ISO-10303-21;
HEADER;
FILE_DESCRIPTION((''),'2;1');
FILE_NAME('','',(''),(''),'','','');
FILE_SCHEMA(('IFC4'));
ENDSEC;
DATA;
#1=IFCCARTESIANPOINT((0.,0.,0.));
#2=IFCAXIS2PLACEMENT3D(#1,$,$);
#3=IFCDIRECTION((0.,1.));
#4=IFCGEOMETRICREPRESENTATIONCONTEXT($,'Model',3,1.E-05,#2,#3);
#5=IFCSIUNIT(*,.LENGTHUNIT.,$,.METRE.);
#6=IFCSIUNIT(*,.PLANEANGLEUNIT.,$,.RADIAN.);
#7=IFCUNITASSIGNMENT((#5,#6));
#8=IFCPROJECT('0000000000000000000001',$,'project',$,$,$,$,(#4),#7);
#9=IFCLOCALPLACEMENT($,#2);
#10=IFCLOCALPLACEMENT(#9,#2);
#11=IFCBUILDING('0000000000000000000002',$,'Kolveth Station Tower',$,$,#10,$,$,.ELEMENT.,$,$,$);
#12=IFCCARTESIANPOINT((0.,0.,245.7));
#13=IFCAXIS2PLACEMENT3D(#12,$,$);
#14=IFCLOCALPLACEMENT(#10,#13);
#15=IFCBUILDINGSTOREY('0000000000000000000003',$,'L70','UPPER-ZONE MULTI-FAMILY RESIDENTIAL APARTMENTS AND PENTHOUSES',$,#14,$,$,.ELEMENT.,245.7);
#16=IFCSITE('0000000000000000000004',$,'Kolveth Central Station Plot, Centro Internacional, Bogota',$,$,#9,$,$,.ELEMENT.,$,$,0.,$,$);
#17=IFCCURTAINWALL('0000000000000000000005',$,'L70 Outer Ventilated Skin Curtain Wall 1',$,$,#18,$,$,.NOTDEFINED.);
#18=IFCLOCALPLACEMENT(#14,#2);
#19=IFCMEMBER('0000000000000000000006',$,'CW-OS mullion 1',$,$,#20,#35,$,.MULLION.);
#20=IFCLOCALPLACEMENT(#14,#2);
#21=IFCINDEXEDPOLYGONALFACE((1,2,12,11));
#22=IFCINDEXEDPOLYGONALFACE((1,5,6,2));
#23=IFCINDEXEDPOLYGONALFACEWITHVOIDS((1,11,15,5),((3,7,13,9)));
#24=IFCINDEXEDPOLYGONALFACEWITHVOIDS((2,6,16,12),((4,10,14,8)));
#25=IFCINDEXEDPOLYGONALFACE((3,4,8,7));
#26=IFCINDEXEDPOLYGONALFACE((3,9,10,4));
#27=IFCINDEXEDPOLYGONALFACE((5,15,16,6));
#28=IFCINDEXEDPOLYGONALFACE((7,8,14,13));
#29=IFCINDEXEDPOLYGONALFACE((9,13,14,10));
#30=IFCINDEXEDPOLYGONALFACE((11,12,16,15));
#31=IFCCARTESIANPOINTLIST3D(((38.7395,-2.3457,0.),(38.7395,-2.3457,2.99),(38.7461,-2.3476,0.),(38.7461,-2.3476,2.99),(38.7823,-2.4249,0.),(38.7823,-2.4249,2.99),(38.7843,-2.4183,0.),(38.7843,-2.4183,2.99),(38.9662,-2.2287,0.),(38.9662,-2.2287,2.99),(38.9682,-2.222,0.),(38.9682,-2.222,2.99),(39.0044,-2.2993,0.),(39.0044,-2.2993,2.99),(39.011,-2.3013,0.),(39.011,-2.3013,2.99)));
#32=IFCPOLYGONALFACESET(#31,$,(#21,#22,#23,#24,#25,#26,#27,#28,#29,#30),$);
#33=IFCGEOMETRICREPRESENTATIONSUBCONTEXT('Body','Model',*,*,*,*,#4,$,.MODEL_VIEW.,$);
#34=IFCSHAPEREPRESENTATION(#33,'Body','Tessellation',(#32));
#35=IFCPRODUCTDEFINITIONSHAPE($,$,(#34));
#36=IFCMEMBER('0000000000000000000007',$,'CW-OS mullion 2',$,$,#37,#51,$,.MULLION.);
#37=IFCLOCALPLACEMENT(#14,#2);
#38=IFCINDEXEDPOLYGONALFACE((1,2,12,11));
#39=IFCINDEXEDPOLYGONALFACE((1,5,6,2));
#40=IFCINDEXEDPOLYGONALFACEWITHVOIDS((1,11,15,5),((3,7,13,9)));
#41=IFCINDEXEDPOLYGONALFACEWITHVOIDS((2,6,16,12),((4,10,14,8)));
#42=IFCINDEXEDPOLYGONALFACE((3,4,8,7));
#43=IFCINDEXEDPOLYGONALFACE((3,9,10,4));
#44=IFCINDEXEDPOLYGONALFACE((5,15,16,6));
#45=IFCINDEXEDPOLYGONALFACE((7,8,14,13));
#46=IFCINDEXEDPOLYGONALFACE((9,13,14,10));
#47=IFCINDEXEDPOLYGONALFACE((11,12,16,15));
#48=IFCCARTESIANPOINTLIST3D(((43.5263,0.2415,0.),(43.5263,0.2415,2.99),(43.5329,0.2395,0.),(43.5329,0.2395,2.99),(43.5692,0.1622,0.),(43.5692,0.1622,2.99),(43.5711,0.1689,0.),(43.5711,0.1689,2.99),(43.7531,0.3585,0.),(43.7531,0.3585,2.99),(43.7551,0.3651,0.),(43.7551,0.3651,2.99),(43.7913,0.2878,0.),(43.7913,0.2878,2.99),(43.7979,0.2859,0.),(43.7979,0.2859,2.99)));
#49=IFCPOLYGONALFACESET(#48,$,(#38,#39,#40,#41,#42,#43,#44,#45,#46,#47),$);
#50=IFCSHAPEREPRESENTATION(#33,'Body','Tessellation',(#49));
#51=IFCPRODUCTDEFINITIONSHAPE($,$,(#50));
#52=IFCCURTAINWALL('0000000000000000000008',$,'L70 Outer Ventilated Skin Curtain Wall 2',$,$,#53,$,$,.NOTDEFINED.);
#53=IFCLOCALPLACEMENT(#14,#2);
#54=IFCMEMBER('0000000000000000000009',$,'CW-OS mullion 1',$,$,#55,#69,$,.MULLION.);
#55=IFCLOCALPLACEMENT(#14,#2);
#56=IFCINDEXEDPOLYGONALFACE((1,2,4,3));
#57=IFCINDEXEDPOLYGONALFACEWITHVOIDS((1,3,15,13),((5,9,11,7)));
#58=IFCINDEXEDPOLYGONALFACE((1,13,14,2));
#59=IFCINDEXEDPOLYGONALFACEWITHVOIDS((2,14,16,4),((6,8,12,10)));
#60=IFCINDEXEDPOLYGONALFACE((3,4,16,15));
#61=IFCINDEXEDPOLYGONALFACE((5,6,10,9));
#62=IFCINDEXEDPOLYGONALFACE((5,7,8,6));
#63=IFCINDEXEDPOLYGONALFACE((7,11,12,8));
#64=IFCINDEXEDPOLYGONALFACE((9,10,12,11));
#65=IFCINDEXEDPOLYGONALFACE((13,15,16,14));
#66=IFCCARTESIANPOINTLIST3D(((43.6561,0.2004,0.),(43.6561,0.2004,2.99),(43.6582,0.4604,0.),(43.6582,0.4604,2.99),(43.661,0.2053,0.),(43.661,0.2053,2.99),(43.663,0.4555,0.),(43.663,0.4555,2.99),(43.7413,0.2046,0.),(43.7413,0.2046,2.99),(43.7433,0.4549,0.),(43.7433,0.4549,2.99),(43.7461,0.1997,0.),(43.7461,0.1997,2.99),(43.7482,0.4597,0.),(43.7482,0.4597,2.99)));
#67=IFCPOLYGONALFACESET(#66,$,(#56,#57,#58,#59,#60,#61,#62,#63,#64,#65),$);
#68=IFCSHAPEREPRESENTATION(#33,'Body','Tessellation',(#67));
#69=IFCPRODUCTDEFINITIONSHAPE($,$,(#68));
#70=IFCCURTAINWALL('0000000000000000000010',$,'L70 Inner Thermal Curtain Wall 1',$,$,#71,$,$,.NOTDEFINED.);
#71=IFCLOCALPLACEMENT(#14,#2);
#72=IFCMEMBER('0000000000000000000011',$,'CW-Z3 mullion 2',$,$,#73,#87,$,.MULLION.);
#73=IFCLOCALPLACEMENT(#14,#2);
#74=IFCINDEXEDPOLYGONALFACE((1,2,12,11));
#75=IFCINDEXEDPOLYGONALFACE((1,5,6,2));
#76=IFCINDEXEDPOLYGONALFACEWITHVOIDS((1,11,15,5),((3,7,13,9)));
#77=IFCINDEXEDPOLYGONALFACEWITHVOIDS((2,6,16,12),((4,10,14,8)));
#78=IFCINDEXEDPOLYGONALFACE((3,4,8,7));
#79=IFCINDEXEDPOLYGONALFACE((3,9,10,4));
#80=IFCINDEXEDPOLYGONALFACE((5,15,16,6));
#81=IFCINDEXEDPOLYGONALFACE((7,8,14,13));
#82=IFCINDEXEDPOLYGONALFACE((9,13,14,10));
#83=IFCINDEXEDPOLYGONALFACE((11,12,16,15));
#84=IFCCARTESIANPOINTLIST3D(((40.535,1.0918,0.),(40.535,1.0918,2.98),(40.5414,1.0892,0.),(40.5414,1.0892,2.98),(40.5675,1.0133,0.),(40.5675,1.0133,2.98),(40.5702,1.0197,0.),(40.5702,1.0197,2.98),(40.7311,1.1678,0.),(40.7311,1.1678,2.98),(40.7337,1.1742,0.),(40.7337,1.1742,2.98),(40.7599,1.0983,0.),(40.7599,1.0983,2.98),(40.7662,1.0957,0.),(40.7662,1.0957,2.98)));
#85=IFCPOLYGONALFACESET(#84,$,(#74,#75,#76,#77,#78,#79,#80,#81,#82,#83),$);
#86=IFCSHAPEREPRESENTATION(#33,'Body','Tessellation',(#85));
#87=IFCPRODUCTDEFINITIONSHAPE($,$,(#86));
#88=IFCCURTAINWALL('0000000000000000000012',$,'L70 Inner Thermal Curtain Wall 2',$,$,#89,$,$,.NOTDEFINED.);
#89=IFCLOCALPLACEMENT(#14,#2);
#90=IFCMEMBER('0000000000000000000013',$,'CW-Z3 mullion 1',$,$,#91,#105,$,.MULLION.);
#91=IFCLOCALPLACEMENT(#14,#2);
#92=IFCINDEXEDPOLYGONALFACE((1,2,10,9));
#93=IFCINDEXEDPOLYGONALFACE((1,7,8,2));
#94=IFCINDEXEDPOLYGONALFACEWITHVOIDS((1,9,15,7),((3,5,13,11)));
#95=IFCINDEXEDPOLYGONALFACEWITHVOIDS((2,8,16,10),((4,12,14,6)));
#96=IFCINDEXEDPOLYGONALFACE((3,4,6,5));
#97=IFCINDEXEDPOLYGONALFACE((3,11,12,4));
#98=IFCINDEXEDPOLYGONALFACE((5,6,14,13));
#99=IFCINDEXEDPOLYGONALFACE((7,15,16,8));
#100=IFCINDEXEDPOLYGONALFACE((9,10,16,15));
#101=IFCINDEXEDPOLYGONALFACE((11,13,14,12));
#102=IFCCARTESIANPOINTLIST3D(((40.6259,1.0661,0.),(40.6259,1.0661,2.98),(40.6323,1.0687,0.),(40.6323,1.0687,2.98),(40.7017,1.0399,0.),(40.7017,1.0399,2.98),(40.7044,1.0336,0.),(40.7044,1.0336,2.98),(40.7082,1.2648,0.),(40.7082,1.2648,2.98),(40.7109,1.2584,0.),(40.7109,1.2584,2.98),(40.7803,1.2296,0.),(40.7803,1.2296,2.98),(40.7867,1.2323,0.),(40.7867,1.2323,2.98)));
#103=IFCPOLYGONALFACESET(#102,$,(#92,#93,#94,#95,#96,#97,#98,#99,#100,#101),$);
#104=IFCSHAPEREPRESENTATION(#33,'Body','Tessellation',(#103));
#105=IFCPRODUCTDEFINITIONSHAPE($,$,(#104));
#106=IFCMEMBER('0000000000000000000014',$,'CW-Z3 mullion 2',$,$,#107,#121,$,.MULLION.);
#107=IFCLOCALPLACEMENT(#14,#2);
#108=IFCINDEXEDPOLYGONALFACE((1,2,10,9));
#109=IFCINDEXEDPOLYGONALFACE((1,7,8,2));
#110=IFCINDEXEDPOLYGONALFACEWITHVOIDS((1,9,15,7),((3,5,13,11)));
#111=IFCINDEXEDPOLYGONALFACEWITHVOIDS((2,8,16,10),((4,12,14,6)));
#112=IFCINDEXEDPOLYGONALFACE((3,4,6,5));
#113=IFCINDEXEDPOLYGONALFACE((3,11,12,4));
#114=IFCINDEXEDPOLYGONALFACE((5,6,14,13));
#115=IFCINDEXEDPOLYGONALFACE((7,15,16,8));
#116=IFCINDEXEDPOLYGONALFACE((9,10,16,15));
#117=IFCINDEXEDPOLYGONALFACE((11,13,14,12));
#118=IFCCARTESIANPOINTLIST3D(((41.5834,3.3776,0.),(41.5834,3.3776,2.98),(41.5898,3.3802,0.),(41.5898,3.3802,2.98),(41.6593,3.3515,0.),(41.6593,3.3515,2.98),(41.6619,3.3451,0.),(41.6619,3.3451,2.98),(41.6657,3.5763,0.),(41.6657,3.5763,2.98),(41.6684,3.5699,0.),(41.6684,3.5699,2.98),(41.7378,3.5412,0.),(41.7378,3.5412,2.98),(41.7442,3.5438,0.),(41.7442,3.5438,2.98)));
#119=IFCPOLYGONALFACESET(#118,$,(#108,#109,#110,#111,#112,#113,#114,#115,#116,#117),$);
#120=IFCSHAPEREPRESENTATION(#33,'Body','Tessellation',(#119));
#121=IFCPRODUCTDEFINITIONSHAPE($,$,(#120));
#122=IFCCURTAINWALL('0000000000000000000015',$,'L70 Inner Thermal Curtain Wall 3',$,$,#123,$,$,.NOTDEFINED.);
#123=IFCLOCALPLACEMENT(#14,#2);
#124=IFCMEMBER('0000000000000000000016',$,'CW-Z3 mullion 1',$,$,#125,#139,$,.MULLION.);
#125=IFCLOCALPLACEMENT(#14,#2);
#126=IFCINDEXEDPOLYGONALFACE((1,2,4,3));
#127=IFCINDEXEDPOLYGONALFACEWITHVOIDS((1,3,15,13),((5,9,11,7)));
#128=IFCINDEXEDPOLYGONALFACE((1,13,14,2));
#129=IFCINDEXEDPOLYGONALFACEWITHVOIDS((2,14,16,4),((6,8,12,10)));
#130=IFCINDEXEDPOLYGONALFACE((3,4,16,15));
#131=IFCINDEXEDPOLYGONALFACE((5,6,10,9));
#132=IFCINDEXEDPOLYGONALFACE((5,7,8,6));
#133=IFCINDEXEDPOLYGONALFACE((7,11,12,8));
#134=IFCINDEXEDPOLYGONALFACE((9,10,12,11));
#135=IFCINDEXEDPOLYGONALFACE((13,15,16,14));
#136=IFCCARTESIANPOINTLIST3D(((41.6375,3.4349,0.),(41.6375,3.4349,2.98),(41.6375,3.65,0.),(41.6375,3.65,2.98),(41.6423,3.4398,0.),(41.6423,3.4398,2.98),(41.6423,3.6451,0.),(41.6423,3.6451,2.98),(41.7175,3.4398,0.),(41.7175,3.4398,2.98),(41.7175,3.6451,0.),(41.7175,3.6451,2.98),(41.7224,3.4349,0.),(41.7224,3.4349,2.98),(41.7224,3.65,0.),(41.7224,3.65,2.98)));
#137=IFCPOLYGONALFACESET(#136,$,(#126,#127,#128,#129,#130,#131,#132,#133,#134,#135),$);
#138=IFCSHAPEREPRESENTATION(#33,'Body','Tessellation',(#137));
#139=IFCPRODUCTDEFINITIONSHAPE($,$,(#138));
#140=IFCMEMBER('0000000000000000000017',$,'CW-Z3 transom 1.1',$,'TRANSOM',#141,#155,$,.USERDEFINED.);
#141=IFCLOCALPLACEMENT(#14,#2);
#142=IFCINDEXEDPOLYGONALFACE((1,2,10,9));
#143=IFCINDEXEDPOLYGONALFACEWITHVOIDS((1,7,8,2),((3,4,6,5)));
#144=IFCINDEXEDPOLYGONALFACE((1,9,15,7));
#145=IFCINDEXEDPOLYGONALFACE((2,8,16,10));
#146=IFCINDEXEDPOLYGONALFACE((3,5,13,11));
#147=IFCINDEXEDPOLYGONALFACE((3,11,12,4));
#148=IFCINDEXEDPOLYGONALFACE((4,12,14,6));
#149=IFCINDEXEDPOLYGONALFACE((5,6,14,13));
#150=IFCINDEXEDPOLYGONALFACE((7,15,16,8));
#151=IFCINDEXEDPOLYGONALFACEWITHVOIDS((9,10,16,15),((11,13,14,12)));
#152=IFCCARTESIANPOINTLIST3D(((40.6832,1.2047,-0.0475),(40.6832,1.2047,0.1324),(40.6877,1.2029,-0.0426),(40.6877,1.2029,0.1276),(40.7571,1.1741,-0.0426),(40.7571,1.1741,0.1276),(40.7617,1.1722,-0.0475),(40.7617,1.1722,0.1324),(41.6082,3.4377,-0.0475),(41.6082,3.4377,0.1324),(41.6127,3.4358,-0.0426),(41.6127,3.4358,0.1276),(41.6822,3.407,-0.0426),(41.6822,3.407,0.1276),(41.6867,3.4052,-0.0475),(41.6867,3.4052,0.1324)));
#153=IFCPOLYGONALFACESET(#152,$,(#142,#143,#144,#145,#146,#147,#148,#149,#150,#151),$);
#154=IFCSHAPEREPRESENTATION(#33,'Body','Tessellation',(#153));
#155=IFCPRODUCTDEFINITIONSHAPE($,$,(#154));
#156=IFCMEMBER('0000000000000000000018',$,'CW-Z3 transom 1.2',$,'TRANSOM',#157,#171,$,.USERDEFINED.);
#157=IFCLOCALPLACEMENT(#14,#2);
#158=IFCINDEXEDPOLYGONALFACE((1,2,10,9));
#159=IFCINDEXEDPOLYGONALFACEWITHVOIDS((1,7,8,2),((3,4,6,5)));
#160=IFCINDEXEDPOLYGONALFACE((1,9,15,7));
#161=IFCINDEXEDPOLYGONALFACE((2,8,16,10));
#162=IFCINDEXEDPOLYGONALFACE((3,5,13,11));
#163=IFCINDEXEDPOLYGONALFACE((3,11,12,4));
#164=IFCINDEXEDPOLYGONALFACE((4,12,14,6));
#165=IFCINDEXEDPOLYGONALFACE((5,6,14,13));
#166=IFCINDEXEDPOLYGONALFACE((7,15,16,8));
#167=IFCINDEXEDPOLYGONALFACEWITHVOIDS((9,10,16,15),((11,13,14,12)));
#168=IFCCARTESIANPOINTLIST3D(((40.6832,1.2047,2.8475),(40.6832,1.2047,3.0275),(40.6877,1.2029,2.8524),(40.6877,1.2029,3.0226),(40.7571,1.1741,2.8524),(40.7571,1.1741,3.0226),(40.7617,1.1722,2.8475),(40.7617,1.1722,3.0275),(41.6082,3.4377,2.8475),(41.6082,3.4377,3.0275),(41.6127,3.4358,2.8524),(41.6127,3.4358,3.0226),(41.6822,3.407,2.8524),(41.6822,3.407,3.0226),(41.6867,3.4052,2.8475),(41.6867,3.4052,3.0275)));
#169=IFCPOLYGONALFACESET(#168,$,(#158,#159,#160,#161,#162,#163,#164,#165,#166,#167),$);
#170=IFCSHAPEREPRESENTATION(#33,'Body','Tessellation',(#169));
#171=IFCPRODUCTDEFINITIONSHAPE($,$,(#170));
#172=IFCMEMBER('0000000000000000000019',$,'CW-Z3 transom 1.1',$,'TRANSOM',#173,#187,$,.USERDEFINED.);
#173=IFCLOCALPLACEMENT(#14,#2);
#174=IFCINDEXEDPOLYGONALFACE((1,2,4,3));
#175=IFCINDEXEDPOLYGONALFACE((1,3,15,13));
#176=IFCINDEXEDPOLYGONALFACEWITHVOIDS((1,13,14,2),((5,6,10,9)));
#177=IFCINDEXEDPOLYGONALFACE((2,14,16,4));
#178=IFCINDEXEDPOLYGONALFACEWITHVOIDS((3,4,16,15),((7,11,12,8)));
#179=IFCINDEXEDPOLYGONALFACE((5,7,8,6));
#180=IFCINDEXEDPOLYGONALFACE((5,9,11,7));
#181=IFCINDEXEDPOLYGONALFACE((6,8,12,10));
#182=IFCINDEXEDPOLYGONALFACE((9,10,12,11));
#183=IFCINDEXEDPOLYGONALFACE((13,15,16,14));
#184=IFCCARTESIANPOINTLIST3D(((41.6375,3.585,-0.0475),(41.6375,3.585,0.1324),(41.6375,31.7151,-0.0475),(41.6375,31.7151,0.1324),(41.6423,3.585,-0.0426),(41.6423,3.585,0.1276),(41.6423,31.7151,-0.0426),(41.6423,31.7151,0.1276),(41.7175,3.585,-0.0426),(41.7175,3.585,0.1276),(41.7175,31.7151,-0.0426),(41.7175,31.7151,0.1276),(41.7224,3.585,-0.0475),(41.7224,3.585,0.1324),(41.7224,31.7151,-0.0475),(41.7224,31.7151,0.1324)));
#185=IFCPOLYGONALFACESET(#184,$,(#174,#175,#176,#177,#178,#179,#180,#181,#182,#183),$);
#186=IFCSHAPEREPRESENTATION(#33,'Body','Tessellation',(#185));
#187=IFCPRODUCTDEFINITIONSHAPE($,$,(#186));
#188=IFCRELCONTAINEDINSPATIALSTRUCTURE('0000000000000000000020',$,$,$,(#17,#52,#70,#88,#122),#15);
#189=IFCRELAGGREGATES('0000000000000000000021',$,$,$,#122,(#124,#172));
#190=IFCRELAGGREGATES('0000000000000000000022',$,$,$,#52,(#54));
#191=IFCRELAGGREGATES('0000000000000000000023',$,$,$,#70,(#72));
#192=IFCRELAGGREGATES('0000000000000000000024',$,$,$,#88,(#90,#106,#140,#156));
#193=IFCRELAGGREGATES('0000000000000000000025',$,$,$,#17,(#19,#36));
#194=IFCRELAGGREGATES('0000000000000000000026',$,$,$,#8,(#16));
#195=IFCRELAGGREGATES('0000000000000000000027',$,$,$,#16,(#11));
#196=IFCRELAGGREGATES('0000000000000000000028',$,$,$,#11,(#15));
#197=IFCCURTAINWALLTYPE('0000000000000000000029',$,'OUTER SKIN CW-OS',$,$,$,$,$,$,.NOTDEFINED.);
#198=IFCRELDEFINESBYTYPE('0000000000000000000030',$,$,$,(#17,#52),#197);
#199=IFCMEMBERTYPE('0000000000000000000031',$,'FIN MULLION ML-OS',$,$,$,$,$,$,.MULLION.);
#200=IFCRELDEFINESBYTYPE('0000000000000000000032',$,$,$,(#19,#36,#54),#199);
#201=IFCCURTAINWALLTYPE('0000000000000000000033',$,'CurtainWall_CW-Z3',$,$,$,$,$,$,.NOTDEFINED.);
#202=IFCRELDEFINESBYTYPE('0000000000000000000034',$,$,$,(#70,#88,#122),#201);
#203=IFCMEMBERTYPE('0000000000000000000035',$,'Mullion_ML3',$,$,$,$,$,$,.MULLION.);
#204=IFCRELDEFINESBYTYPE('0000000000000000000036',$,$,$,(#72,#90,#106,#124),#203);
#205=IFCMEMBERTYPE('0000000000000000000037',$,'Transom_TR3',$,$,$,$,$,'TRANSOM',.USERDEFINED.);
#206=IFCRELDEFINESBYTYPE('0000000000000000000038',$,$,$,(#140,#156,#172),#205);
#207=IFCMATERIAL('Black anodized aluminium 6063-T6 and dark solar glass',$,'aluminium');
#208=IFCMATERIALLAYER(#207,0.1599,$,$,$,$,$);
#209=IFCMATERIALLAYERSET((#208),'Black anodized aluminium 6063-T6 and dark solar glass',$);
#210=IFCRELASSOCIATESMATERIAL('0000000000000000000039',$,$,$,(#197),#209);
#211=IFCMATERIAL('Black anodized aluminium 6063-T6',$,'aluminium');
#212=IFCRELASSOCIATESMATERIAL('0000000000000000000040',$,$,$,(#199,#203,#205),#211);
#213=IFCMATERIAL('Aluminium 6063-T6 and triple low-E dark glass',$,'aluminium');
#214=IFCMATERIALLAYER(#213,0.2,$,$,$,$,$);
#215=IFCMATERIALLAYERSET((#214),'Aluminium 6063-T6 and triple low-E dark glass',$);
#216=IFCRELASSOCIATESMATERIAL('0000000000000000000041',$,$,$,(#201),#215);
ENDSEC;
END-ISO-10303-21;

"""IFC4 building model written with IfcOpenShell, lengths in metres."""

from ifc_helpers import new_model, si_unit, direction, frame, origin, origin_2d, place, context, subcontext, project, spatial, hollow_rectangle, extrude, source, transform, mapped, material, layer, layer_set, material_profile, profile_set, type_object, element, aggregate, save


model = new_model("IFC4")

# Units and contexts
model_context = context("Model", 3, precision=1e-05, world=origin(), true_north=direction((0.0, 1.0)))
body_context = subcontext(model_context, "Body", "Model", "MODEL_VIEW")
ifc_project = project(units=[si_unit("LENGTHUNIT", "METRE"), si_unit("PLANEANGLEUNIT", "RADIAN")], contexts=[model_context])

# Site, building, storey
site_placement = place(None, origin())
site = spatial("IfcSite", under=ifc_project, at=site_placement, Name="Kolveth Central Station Plot, Centro Internacional, Bogota", CompositionType="ELEMENT", RefElevation=0.0)
building_placement = place(site_placement, origin())
building = spatial("IfcBuilding", under=site, at=building_placement, Name="Kolveth Station Tower", CompositionType="ELEMENT")
storey_placement = place(building_placement, frame((0.0, 0.0, 245.7)))
storey = spatial("IfcBuildingStorey", under=building, at=storey_placement, Name="L70", Description="UPPER-ZONE MULTI-FAMILY RESIDENTIAL APARTMENTS AND PENTHOUSES", CompositionType="ELEMENT", Elevation=245.7)

# Curtain wall, members
ifc_material_1 = material(Name="Black anodized aluminium 6063-T6 and dark solar glass", Category="aluminium")
ifc_layer_1 = layer(ifc_material_1, 0.1599)
ifc_layer_set_1 = layer_set([ifc_layer_1], Name="Black anodized aluminium 6063-T6 and dark solar glass")
curtain_wall_type_1 = type_object("IfcCurtainWallType", Name="OUTER SKIN CW-OS", PredefinedType="NOTDEFINED", material=ifc_layer_set_1)
curtain_wall_1_placement = place(storey_placement, origin())
curtain_wall_1 = element("IfcCurtainWall", 1, at=curtain_wall_1_placement, inside=storey, type_object=curtain_wall_type_1, Name="L70 Outer Ventilated Skin Curtain Wall 1", PredefinedType="NOTDEFINED")
ifc_material_2 = material(Name="Black anodized aluminium 6063-T6", Category="aluminium")
ifc_material_profile_1 = material_profile(ifc_material_2, hollow_rectangle(XDim=0.0901, YDim=0.26, WallThickness=0.0049, at=origin_2d()), Name="ALU-90x260x5")
ifc_profile_set_1 = profile_set([ifc_material_profile_1], Name="Black anodized aluminium 6063-T6")
member_type_1 = type_object("IfcMemberType", Name="FIN MULLION ML-OS", PredefinedType="MULLION", material=ifc_profile_set_1)
shared_shape_1 = source(origin(), body_context, "Body", "SweptSolid", [
    extrude(hollow_rectangle(XDim=0.0901, YDim=0.26, WallThickness=0.0049, at=origin_2d()), origin(), (0.0, 0.0, 1.0), 2.99),
])
member_1_placement = place(storey_placement, frame((38.8752, -2.3235, 0.0), z_axis=(0.0, 0.0, 1.0), x_axis=(-0.475436, 0.87975, 0.0)))
member_1 = element("IfcMember", 2, at=member_1_placement, type_object=member_type_1, Name="CW-OS mullion 1", PredefinedType="MULLION", context=body_context, shape_type="MappedRepresentation", body=[
    mapped(shared_shape_1, transform((0.0, 0.0, 0.0), x_axis=(1.0, 0.0, 0.0), y_axis=(0.0, 1.0, 0.0), z_axis=(0.0, 0.0, 1.0), scale=1.0)),
])
member_2_placement = place(storey_placement, frame((43.6621, 0.2637, 0.0), z_axis=(0.0, 0.0, 1.0), x_axis=(-0.475436, 0.87975, 0.0)))
member_2 = element("IfcMember", 3, at=member_2_placement, type_object=member_type_1, Name="CW-OS mullion 2", PredefinedType="MULLION", context=body_context, shape_type="MappedRepresentation", body=[
    mapped(shared_shape_1, transform((0.0, 0.0, 0.0), x_axis=(1.0, 0.0, 0.0), y_axis=(0.0, 1.0, 0.0), z_axis=(0.0, 0.0, 1.0), scale=1.0)),
])

# Curtain walls, members
curtain_wall_2_placement = place(storey_placement, origin())
curtain_wall_2 = element("IfcCurtainWall", 4, at=curtain_wall_2_placement, inside=storey, type_object=curtain_wall_type_1, Name="L70 Outer Ventilated Skin Curtain Wall 2", PredefinedType="NOTDEFINED")
member_3_placement = place(storey_placement, frame((43.7021, 0.3301, 0.0), z_axis=(0.0, 0.0, 1.0), x_axis=(-0.999967, 0.008071, 0.0)))
member_3 = element("IfcMember", 5, at=member_3_placement, type_object=member_type_1, Name="CW-OS mullion 1", PredefinedType="MULLION", context=body_context, shape_type="MappedRepresentation", body=[
    mapped(shared_shape_1, transform((0.0, 0.0, 0.0), x_axis=(1.0, 0.0, 0.0), y_axis=(0.0, 1.0, 0.0), z_axis=(0.0, 0.0, 1.0), scale=1.0)),
])
ifc_material_3 = material(Name="Aluminium 6063-T6 and triple low-E dark glass", Category="aluminium")
ifc_layer_2 = layer(ifc_material_3, 0.2)
ifc_layer_set_2 = layer_set([ifc_layer_2], Name="Aluminium 6063-T6 and triple low-E dark glass")
curtain_wall_type_2 = type_object("IfcCurtainWallType", Name="CurtainWall_CW-Z3", PredefinedType="NOTDEFINED", material=ifc_layer_set_2)
curtain_wall_3_placement = place(storey_placement, origin())
curtain_wall_3 = element("IfcCurtainWall", 6, at=curtain_wall_3_placement, inside=storey, type_object=curtain_wall_type_2, Name="L70 Inner Thermal Curtain Wall 1", PredefinedType="NOTDEFINED")
ifc_material_profile_2 = material_profile(ifc_material_2, hollow_rectangle(XDim=0.085, YDim=0.2151, WallThickness=0.0049, at=origin_2d()), Name="ALU-85x215x5")
ifc_profile_set_2 = profile_set([ifc_material_profile_2], Name="Black anodized aluminium 6063-T6")
member_type_2 = type_object("IfcMemberType", Name="Mullion_ML3", PredefinedType="MULLION", material=ifc_profile_set_2)
shared_shape_2 = source(origin(), body_context, "Body", "SweptSolid", [
    extrude(hollow_rectangle(XDim=0.085, YDim=0.2151, WallThickness=0.0049, at=origin_2d()), origin(), (0.0, 0.0, 1.0), 2.98),
])
member_4_placement = place(storey_placement, frame((40.6506, 1.0938, 0.0), z_axis=(0.0, 0.0, 1.0), x_axis=(-0.382693, 0.923875, 0.0)))
member_4 = element("IfcMember", 7, at=member_4_placement, type_object=member_type_2, Name="CW-Z3 mullion 2", PredefinedType="MULLION", context=body_context, shape_type="MappedRepresentation", body=[
    mapped(shared_shape_2, transform((0.0, 0.0, 0.0), x_axis=(1.0, 0.0, 0.0), y_axis=(0.0, 1.0, 0.0), z_axis=(0.0, 0.0, 1.0), scale=1.0)),
])

# Curtain wall, members
curtain_wall_4_placement = place(storey_placement, origin())
curtain_wall_4 = element("IfcCurtainWall", 8, at=curtain_wall_4_placement, inside=storey, type_object=curtain_wall_type_2, Name="L70 Inner Thermal Curtain Wall 2", PredefinedType="NOTDEFINED")
member_5_placement = place(storey_placement, frame((40.7063, 1.1492, 0.0), z_axis=(0.0, 0.0, 1.0), x_axis=(-0.923875, 0.382693, 0.0)))
member_5 = element("IfcMember", 9, at=member_5_placement, type_object=member_type_2, Name="CW-Z3 mullion 1", PredefinedType="MULLION", context=body_context, shape_type="MappedRepresentation", body=[
    mapped(shared_shape_2, transform((0.0, 0.0, 0.0), x_axis=(1.0, 0.0, 0.0), y_axis=(0.0, 1.0, 0.0), z_axis=(0.0, 0.0, 1.0), scale=1.0)),
])
member_6_placement = place(storey_placement, frame((41.6638, 3.4607, 0.0), z_axis=(0.0, 0.0, 1.0), x_axis=(-0.923875, 0.382693, 0.0)))
member_6 = element("IfcMember", 10, at=member_6_placement, type_object=member_type_2, Name="CW-Z3 mullion 2", PredefinedType="MULLION", context=body_context, shape_type="MappedRepresentation", body=[
    mapped(shared_shape_2, transform((0.0, 0.0, 0.0), x_axis=(1.0, 0.0, 0.0), y_axis=(0.0, 1.0, 0.0), z_axis=(0.0, 0.0, 1.0), scale=1.0)),
])

# Curtain wall, member
curtain_wall_5_placement = place(storey_placement, origin())
curtain_wall_5 = element("IfcCurtainWall", 11, at=curtain_wall_5_placement, inside=storey, type_object=curtain_wall_type_2, Name="L70 Inner Thermal Curtain Wall 3", PredefinedType="NOTDEFINED")
member_7_placement = place(storey_placement, frame((41.6799, 3.5425, 0.0), z_axis=(0.0, 0.0, 1.0), x_axis=(-1.0, 0.0, 0.0)))
member_7 = element("IfcMember", 12, at=member_7_placement, type_object=member_type_2, Name="CW-Z3 mullion 1", PredefinedType="MULLION", context=body_context, shape_type="MappedRepresentation", body=[
    mapped(shared_shape_2, transform((0.0, 0.0, 0.0), x_axis=(1.0, 0.0, 0.0), y_axis=(0.0, 1.0, 0.0), z_axis=(0.0, 0.0, 1.0), scale=1.0)),
])

# Members
ifc_material_profile_3 = material_profile(ifc_material_2, hollow_rectangle(XDim=0.085, YDim=0.1799, WallThickness=0.0049, at=origin_2d()), Name="ALU-85x180x5")
ifc_profile_set_3 = profile_set([ifc_material_profile_3], Name="Black anodized aluminium 6063-T6")
member_type_3 = type_object("IfcMemberType", Name="Transom_TR3", ElementType="TRANSOM", PredefinedType="USERDEFINED", material=ifc_profile_set_3)
shared_shape_3 = source(origin(), body_context, "Body", "SweptSolid", [
    extrude(hollow_rectangle(XDim=0.085, YDim=0.1799, WallThickness=0.0049, at=origin_2d()), origin(), (0.0, 0.0, 1.0), 2.417),
])
member_8_placement = place(storey_placement, frame((40.7224, 1.1885, 0.0425), z_axis=(0.382735, 0.923858, 0.0), x_axis=(-0.923858, 0.382735, 0.0)))
member_8 = element("IfcMember", 13, at=member_8_placement, type_object=member_type_3, Name="CW-Z3 transom 1.1", ObjectType="TRANSOM", PredefinedType="USERDEFINED", context=body_context, shape_type="MappedRepresentation", body=[
    mapped(shared_shape_3, transform((0.0, 0.0, 0.0), x_axis=(1.0, 0.0, 0.0), y_axis=(0.0, 1.0, 0.0), z_axis=(0.0, 0.0, 1.0), scale=1.0)),
])
member_9_placement = place(storey_placement, frame((40.7224, 1.1885, 2.9375), z_axis=(0.382735, 0.923858, 0.0), x_axis=(-0.923858, 0.382735, 0.0)))
member_9 = element("IfcMember", 14, at=member_9_placement, type_object=member_type_3, Name="CW-Z3 transom 1.2", ObjectType="TRANSOM", PredefinedType="USERDEFINED", context=body_context, shape_type="MappedRepresentation", body=[
    mapped(shared_shape_3, transform((0.0, 0.0, 0.0), x_axis=(1.0, 0.0, 0.0), y_axis=(0.0, 1.0, 0.0), z_axis=(0.0, 0.0, 1.0), scale=1.0)),
])
shared_shape_4 = source(origin(), body_context, "Body", "SweptSolid", [
    extrude(hollow_rectangle(XDim=0.085, YDim=0.1799, WallThickness=0.0049, at=origin_2d()), origin(), (0.0, 0.0, 1.0), 28.1301),
])
member_10_placement = place(storey_placement, frame((41.6799, 3.585, 0.0425), z_axis=(0.0, 1.0, 0.0), x_axis=(-1.0, 0.0, 0.0)))
member_10 = element("IfcMember", 15, at=member_10_placement, type_object=member_type_3, Name="CW-Z3 transom 1.1", ObjectType="TRANSOM", PredefinedType="USERDEFINED", context=body_context, shape_type="MappedRepresentation", body=[
    mapped(shared_shape_4, transform((0.0, 0.0, 0.0), x_axis=(1.0, 0.0, 0.0), y_axis=(0.0, 1.0, 0.0), z_axis=(0.0, 0.0, 1.0), scale=1.0)),
])
aggregate(curtain_wall_5, [member_7, member_10])
aggregate(curtain_wall_2, [member_3])

aggregate(curtain_wall_3, [member_4])
aggregate(curtain_wall_4, [member_5, member_6, member_8, member_9])
aggregate(curtain_wall_1, [member_1, member_2])

save(model, "model.ifc")
